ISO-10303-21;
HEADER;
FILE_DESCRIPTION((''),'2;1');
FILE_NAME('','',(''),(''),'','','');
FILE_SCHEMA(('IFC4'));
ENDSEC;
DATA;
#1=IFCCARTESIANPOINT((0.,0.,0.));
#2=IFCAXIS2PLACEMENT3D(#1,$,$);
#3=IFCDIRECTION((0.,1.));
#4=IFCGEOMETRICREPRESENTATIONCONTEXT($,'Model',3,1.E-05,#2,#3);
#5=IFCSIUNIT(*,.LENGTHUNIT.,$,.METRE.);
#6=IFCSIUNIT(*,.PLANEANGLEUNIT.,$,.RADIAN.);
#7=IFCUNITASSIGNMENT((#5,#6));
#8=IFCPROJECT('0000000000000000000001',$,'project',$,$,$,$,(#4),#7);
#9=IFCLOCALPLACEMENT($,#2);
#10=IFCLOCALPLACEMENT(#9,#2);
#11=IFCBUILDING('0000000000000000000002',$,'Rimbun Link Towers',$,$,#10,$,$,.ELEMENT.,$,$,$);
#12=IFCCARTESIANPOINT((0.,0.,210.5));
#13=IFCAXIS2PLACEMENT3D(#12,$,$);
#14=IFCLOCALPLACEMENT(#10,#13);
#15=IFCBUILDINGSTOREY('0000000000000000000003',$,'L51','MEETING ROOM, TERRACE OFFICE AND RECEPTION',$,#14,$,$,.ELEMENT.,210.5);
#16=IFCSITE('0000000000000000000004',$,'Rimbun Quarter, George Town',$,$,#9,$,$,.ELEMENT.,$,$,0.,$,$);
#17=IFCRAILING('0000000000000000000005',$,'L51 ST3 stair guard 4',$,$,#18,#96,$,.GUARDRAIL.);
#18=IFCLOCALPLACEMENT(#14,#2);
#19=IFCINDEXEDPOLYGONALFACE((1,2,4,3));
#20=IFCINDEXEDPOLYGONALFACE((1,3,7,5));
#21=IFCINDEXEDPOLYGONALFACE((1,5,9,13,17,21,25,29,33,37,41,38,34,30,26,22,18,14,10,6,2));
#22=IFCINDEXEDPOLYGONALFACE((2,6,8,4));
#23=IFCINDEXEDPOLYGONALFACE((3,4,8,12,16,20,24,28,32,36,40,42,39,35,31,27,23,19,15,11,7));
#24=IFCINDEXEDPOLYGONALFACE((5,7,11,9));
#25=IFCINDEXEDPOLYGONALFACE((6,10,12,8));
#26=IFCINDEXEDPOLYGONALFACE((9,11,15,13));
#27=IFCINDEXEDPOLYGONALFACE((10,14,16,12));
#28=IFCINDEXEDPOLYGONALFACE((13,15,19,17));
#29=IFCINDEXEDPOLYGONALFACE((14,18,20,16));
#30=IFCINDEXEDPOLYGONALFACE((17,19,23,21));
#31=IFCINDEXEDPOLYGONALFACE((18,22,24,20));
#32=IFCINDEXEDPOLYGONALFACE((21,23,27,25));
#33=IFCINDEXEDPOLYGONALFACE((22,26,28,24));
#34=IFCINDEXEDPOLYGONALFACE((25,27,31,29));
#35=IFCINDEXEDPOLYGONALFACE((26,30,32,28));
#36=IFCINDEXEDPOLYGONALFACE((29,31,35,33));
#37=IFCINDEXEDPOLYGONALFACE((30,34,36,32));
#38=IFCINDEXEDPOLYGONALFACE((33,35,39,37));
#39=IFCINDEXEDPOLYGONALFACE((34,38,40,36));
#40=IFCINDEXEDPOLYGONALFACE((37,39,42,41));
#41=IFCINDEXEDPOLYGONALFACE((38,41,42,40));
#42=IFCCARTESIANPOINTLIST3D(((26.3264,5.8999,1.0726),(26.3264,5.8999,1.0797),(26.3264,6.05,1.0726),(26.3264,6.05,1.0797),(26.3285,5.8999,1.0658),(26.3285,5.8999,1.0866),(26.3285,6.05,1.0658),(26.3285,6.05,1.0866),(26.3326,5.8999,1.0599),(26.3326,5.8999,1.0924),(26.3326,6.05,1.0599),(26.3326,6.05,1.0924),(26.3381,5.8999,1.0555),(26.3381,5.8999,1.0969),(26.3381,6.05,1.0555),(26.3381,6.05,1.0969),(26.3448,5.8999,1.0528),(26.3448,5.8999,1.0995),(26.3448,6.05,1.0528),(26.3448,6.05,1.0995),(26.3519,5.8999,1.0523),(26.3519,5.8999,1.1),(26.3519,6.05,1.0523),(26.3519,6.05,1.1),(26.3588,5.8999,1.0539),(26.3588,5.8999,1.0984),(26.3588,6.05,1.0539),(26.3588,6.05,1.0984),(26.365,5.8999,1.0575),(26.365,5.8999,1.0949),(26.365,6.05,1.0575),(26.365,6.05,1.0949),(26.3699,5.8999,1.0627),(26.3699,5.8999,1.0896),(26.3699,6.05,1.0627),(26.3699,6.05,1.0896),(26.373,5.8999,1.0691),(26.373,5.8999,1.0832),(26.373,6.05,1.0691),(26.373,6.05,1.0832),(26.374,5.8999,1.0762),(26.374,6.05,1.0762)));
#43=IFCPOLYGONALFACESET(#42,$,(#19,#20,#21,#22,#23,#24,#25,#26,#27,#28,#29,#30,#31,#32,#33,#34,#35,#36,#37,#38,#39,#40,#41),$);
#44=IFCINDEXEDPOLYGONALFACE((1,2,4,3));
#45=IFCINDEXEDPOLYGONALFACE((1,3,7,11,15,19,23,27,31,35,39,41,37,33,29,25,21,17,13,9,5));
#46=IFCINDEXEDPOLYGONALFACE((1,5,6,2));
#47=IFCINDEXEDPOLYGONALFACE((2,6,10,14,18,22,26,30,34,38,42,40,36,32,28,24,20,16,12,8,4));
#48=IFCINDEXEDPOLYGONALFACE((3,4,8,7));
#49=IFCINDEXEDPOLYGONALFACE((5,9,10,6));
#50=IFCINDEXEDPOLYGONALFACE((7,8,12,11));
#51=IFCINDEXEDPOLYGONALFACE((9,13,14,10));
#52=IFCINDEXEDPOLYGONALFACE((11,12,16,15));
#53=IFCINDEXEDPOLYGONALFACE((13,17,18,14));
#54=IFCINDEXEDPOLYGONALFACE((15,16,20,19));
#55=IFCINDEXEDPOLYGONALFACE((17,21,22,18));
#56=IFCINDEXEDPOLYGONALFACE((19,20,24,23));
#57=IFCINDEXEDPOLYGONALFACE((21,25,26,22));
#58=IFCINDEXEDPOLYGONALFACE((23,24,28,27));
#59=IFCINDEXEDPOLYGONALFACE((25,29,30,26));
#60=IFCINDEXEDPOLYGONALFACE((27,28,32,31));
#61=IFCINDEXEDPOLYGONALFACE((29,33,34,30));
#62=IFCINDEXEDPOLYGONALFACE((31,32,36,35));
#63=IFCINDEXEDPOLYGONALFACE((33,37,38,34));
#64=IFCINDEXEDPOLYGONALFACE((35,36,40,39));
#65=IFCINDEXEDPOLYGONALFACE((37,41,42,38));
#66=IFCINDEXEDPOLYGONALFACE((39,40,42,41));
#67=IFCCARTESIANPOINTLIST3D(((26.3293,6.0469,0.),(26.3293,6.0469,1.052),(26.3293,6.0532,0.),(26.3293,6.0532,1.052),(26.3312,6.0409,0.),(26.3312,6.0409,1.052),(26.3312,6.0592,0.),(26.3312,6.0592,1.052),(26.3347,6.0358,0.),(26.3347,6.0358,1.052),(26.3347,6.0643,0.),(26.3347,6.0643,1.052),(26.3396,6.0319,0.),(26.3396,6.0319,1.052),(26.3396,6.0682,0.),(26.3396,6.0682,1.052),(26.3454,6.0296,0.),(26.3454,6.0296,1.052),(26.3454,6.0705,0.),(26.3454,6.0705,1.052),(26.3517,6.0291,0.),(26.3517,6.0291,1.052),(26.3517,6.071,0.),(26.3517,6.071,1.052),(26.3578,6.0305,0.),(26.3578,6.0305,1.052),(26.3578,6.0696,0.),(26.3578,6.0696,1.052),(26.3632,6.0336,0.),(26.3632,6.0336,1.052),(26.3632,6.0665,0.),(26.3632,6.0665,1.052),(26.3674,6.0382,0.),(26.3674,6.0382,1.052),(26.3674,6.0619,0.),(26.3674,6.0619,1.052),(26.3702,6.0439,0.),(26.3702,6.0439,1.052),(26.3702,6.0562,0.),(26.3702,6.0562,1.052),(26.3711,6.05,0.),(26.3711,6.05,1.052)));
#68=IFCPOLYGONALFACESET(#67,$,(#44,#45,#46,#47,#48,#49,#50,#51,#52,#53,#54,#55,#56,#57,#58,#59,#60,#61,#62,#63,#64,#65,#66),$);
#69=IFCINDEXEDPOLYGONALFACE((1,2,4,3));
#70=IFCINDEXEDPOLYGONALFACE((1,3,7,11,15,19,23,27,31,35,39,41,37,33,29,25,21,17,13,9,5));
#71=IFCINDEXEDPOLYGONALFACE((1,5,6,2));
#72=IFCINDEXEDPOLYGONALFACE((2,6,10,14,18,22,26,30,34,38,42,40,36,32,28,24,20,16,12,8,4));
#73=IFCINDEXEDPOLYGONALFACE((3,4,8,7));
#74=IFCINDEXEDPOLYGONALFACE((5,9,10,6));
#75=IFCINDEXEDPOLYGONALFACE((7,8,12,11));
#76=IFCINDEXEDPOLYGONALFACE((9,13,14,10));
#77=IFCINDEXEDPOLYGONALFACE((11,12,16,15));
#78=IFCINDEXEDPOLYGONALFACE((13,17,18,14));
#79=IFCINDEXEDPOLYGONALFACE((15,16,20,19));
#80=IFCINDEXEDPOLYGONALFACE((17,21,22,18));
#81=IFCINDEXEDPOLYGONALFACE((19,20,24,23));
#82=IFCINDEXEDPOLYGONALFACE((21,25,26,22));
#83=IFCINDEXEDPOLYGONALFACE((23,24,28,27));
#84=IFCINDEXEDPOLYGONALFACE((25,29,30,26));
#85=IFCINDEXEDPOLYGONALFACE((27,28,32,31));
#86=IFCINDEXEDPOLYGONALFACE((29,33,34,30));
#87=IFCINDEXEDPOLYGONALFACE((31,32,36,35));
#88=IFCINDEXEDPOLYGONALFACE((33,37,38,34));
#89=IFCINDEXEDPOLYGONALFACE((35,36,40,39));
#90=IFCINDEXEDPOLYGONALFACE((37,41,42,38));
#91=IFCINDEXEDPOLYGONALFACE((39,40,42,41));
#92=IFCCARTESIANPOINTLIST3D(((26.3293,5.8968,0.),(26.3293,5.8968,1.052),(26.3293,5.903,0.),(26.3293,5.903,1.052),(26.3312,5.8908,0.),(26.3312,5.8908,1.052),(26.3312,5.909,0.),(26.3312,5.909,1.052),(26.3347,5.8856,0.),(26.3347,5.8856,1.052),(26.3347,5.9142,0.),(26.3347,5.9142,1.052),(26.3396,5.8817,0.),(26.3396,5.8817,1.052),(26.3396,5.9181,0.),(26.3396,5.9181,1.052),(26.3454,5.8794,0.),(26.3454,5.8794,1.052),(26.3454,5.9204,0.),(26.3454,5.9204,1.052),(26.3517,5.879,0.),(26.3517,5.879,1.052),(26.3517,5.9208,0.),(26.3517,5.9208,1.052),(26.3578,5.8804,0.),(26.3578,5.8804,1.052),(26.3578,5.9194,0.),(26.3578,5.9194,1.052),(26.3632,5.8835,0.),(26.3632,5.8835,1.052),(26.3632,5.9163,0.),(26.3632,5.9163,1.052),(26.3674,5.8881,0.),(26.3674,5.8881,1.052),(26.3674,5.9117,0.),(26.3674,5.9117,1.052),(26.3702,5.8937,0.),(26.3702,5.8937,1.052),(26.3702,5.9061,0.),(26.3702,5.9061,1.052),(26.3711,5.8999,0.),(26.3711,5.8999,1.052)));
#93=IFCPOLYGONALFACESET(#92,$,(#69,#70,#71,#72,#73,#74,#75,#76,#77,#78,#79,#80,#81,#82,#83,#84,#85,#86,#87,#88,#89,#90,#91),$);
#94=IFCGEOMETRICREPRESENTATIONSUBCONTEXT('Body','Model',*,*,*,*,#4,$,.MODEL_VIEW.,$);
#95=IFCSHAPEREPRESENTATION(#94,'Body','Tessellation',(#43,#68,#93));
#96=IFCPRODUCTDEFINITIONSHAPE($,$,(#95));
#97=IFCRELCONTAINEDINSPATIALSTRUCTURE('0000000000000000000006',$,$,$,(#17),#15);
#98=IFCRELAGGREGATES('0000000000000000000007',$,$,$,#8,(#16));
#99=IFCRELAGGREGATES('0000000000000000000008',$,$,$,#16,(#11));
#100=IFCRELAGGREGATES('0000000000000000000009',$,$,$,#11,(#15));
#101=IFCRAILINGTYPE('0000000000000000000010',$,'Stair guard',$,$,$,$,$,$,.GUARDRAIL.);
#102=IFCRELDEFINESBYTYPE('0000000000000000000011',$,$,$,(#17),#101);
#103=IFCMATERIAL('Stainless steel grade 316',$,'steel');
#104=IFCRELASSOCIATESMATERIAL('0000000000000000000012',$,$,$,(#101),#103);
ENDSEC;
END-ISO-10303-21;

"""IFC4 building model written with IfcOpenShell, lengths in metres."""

from ifc_helpers import new_model, si_unit, direction, frame, origin, origin_2d, place, context, subcontext, project, spatial, circle, extrude, material, type_object, element, save


model = new_model("IFC4")

# Units and contexts
model_context = context("Model", 3, precision=1e-05, world=origin(), true_north=direction((0.0, 1.0)))
body_context = subcontext(model_context, "Body", "Model", "MODEL_VIEW")
ifc_project = project(units=[si_unit("LENGTHUNIT", "METRE"), si_unit("PLANEANGLEUNIT", "RADIAN")], contexts=[model_context])

# Site, building, storey
site_placement = place(None, origin())
site = spatial("IfcSite", under=ifc_project, at=site_placement, Name="Rimbun Quarter, George Town", CompositionType="ELEMENT", RefElevation=0.0)
building_placement = place(site_placement, origin())
building = spatial("IfcBuilding", under=site, at=building_placement, Name="Rimbun Link Towers", CompositionType="ELEMENT")
storey_placement = place(building_placement, frame((0.0, 0.0, 210.5)))
storey = spatial("IfcBuildingStorey", under=building, at=storey_placement, Name="L51", Description="MEETING ROOM, TERRACE OFFICE AND RECEPTION", CompositionType="ELEMENT", Elevation=210.5)

# Railing
ifc_material_1 = material(Name="Stainless steel grade 316", Category="steel")
railing_type_1 = type_object("IfcRailingType", Name="Stair guard", PredefinedType="GUARDRAIL", material=ifc_material_1)
railing_1_placement = place(storey_placement, frame((26.3501, 6.05, 0.0)))
element("IfcRailing", 1, at=railing_1_placement, inside=storey, type_object=railing_type_1, Name="L51 ST3 stair guard 4", PredefinedType="GUARDRAIL", context=body_context, shape_type="SweptSolid", body=[
    extrude(circle(Radius=0.0239, at=origin_2d()), frame((0.0, 0.0, 1.0762), z_axis=(0.0, -1.0, 0.0), x_axis=(1.0, 0.0, 0.0)), (0.0, 0.0, 1.0), 0.1501),
    extrude(circle(Radius=0.021, at=origin_2d()), origin(), (0.0, 0.0, 1.0), 1.052),
    extrude(circle(Radius=0.021, at=origin_2d()), frame((0.0, -0.1501, 0.0)), (0.0, 0.0, 1.0), 1.052),
])

save(model, "model.ifc")
